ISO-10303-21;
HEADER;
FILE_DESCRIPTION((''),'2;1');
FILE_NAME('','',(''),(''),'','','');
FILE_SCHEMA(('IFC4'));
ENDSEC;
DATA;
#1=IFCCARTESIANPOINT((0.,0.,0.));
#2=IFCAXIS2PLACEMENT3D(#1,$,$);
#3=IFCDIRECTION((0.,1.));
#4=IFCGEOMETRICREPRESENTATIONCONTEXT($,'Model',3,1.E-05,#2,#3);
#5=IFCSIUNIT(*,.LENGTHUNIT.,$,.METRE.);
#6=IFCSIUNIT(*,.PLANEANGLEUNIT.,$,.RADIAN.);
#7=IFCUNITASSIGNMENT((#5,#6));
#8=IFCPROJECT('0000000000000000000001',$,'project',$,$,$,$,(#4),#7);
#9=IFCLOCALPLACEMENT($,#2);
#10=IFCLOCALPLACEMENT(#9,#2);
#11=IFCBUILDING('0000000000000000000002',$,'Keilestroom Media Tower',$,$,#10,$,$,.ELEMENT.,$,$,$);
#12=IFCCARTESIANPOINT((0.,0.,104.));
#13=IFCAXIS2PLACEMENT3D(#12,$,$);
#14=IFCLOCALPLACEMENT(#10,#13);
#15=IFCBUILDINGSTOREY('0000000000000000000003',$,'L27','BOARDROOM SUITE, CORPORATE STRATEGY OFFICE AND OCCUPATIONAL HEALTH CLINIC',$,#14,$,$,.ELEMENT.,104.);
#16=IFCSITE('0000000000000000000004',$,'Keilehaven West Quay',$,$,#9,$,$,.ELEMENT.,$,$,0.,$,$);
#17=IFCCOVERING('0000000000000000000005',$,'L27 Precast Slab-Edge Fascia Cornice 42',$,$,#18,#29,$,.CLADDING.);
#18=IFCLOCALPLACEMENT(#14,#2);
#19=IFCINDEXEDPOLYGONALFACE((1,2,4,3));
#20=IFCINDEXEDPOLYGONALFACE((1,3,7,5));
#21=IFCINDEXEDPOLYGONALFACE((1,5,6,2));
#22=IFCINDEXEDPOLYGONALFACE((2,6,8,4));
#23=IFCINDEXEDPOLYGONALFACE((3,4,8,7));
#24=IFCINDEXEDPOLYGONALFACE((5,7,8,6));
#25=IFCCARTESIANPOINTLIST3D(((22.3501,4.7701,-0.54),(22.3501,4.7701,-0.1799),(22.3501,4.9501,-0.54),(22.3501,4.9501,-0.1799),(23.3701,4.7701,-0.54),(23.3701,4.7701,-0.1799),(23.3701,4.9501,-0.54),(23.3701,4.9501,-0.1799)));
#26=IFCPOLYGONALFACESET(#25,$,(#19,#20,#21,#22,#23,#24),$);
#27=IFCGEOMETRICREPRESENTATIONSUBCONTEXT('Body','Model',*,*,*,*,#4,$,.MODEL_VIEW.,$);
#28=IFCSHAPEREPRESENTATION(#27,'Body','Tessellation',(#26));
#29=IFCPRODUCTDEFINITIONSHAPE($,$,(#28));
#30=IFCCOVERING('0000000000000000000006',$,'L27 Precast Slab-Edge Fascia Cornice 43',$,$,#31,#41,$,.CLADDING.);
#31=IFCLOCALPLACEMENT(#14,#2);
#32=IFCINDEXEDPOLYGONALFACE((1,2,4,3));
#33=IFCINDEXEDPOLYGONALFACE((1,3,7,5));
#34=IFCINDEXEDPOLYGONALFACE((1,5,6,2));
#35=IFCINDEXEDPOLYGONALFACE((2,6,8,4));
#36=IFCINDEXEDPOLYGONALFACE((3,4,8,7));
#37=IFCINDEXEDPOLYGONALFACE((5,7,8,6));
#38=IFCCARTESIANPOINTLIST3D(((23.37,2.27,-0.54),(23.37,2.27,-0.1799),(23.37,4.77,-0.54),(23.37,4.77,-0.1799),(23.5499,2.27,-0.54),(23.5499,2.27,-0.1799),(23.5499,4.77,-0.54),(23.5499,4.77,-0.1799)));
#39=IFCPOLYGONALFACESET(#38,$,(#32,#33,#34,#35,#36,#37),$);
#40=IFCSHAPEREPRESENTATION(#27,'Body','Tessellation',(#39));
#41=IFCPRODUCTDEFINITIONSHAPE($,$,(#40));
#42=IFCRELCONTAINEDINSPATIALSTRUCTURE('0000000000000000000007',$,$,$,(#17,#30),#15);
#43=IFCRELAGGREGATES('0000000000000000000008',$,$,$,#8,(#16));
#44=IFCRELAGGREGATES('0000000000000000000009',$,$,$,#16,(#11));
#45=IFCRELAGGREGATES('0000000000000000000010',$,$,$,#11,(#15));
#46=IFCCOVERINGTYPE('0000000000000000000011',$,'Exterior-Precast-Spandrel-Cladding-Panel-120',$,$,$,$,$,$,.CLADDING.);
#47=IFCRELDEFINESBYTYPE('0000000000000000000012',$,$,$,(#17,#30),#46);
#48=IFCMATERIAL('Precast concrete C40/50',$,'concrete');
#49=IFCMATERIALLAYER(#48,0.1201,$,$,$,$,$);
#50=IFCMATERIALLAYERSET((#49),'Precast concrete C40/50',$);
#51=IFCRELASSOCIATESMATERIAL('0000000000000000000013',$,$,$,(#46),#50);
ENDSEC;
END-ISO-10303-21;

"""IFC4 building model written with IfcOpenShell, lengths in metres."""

from ifc_helpers import new_model, si_unit, direction, frame, origin, origin_2d, place, context, subcontext, project, spatial, rectangle, extrude, source, transform, mapped, material, layer, layer_set, type_object, element, save


model = new_model("IFC4")

# Units and contexts
model_context = context("Model", 3, precision=1e-05, world=origin(), true_north=direction((0.0, 1.0)))
body_context = subcontext(model_context, "Body", "Model", "MODEL_VIEW")
ifc_project = project(units=[si_unit("LENGTHUNIT", "METRE"), si_unit("PLANEANGLEUNIT", "RADIAN")], contexts=[model_context])

# Site, building, storey
site_placement = place(None, origin())
site = spatial("IfcSite", under=ifc_project, at=site_placement, Name="Keilehaven West Quay", CompositionType="ELEMENT", RefElevation=0.0)
building_placement = place(site_placement, origin())
building = spatial("IfcBuilding", under=site, at=building_placement, Name="Keilestroom Media Tower", CompositionType="ELEMENT")
storey_placement = place(building_placement, frame((0.0, 0.0, 104.0)))
storey = spatial("IfcBuildingStorey", under=building, at=storey_placement, Name="L27", Description="BOARDROOM SUITE, CORPORATE STRATEGY OFFICE AND OCCUPATIONAL HEALTH CLINIC", CompositionType="ELEMENT", Elevation=104.0)

# Shared definitions
ifc_material_1 = material(Name="Precast concrete C40/50", Category="concrete")

# Coverings
ifc_layer_1 = layer(ifc_material_1, 0.1201)
ifc_layer_set_1 = layer_set([ifc_layer_1], Name="Precast concrete C40/50")
covering_type = type_object("IfcCoveringType", Name="Exterior-Precast-Spandrel-Cladding-Panel-120", PredefinedType="CLADDING", material=ifc_layer_set_1)
shared_shape_1 = source(origin(), body_context, "Body", "SweptSolid", [
    extrude(rectangle(XDim=1.02, YDim=0.1799, at=origin_2d()), origin(), (0.0, 0.0, 1.0), 0.3601),
])
for number, where, z_axis, x_axis, name in (
    (1, (22.8601, 4.8601, -0.54), (0.0, 0.0, 1.0), (1.0, 0.0, 0.0), "L27 Precast Slab-Edge Fascia Cornice 42"),
):
    element("IfcCovering", number, at=place(storey_placement, frame(where, z_axis=z_axis, x_axis=x_axis)), inside=storey, type_object=covering_type, Name=name, PredefinedType="CLADDING", context=body_context, shape_type="MappedRepresentation", body=[
        mapped(shared_shape_1, transform((0.0, 0.0, 0.0), x_axis=(1.0, 0.0, 0.0), y_axis=(0.0, 1.0, 0.0), z_axis=(0.0, 0.0, 1.0), scale=1.0)),
    ])
shared_shape_2 = source(origin(), body_context, "Body", "SweptSolid", [
    extrude(rectangle(XDim=2.5, YDim=0.1799, at=origin_2d()), origin(), (0.0, 0.0, 1.0), 0.3601),
])
covering_placement = place(storey_placement, frame((23.46, 3.52, -0.54), z_axis=(0.0, 0.0, 1.0), x_axis=(0.0, -1.0, 0.0)))
element("IfcCovering", 2, at=covering_placement, inside=storey, type_object=covering_type, Name="L27 Precast Slab-Edge Fascia Cornice 43", PredefinedType="CLADDING", context=body_context, shape_type="MappedRepresentation", body=[
    mapped(shared_shape_2, transform((0.0, 0.0, 0.0), x_axis=(1.0, 0.0, 0.0), y_axis=(0.0, 1.0, 0.0), z_axis=(0.0, 0.0, 1.0), scale=1.0)),
])

save(model, "model.ifc")
